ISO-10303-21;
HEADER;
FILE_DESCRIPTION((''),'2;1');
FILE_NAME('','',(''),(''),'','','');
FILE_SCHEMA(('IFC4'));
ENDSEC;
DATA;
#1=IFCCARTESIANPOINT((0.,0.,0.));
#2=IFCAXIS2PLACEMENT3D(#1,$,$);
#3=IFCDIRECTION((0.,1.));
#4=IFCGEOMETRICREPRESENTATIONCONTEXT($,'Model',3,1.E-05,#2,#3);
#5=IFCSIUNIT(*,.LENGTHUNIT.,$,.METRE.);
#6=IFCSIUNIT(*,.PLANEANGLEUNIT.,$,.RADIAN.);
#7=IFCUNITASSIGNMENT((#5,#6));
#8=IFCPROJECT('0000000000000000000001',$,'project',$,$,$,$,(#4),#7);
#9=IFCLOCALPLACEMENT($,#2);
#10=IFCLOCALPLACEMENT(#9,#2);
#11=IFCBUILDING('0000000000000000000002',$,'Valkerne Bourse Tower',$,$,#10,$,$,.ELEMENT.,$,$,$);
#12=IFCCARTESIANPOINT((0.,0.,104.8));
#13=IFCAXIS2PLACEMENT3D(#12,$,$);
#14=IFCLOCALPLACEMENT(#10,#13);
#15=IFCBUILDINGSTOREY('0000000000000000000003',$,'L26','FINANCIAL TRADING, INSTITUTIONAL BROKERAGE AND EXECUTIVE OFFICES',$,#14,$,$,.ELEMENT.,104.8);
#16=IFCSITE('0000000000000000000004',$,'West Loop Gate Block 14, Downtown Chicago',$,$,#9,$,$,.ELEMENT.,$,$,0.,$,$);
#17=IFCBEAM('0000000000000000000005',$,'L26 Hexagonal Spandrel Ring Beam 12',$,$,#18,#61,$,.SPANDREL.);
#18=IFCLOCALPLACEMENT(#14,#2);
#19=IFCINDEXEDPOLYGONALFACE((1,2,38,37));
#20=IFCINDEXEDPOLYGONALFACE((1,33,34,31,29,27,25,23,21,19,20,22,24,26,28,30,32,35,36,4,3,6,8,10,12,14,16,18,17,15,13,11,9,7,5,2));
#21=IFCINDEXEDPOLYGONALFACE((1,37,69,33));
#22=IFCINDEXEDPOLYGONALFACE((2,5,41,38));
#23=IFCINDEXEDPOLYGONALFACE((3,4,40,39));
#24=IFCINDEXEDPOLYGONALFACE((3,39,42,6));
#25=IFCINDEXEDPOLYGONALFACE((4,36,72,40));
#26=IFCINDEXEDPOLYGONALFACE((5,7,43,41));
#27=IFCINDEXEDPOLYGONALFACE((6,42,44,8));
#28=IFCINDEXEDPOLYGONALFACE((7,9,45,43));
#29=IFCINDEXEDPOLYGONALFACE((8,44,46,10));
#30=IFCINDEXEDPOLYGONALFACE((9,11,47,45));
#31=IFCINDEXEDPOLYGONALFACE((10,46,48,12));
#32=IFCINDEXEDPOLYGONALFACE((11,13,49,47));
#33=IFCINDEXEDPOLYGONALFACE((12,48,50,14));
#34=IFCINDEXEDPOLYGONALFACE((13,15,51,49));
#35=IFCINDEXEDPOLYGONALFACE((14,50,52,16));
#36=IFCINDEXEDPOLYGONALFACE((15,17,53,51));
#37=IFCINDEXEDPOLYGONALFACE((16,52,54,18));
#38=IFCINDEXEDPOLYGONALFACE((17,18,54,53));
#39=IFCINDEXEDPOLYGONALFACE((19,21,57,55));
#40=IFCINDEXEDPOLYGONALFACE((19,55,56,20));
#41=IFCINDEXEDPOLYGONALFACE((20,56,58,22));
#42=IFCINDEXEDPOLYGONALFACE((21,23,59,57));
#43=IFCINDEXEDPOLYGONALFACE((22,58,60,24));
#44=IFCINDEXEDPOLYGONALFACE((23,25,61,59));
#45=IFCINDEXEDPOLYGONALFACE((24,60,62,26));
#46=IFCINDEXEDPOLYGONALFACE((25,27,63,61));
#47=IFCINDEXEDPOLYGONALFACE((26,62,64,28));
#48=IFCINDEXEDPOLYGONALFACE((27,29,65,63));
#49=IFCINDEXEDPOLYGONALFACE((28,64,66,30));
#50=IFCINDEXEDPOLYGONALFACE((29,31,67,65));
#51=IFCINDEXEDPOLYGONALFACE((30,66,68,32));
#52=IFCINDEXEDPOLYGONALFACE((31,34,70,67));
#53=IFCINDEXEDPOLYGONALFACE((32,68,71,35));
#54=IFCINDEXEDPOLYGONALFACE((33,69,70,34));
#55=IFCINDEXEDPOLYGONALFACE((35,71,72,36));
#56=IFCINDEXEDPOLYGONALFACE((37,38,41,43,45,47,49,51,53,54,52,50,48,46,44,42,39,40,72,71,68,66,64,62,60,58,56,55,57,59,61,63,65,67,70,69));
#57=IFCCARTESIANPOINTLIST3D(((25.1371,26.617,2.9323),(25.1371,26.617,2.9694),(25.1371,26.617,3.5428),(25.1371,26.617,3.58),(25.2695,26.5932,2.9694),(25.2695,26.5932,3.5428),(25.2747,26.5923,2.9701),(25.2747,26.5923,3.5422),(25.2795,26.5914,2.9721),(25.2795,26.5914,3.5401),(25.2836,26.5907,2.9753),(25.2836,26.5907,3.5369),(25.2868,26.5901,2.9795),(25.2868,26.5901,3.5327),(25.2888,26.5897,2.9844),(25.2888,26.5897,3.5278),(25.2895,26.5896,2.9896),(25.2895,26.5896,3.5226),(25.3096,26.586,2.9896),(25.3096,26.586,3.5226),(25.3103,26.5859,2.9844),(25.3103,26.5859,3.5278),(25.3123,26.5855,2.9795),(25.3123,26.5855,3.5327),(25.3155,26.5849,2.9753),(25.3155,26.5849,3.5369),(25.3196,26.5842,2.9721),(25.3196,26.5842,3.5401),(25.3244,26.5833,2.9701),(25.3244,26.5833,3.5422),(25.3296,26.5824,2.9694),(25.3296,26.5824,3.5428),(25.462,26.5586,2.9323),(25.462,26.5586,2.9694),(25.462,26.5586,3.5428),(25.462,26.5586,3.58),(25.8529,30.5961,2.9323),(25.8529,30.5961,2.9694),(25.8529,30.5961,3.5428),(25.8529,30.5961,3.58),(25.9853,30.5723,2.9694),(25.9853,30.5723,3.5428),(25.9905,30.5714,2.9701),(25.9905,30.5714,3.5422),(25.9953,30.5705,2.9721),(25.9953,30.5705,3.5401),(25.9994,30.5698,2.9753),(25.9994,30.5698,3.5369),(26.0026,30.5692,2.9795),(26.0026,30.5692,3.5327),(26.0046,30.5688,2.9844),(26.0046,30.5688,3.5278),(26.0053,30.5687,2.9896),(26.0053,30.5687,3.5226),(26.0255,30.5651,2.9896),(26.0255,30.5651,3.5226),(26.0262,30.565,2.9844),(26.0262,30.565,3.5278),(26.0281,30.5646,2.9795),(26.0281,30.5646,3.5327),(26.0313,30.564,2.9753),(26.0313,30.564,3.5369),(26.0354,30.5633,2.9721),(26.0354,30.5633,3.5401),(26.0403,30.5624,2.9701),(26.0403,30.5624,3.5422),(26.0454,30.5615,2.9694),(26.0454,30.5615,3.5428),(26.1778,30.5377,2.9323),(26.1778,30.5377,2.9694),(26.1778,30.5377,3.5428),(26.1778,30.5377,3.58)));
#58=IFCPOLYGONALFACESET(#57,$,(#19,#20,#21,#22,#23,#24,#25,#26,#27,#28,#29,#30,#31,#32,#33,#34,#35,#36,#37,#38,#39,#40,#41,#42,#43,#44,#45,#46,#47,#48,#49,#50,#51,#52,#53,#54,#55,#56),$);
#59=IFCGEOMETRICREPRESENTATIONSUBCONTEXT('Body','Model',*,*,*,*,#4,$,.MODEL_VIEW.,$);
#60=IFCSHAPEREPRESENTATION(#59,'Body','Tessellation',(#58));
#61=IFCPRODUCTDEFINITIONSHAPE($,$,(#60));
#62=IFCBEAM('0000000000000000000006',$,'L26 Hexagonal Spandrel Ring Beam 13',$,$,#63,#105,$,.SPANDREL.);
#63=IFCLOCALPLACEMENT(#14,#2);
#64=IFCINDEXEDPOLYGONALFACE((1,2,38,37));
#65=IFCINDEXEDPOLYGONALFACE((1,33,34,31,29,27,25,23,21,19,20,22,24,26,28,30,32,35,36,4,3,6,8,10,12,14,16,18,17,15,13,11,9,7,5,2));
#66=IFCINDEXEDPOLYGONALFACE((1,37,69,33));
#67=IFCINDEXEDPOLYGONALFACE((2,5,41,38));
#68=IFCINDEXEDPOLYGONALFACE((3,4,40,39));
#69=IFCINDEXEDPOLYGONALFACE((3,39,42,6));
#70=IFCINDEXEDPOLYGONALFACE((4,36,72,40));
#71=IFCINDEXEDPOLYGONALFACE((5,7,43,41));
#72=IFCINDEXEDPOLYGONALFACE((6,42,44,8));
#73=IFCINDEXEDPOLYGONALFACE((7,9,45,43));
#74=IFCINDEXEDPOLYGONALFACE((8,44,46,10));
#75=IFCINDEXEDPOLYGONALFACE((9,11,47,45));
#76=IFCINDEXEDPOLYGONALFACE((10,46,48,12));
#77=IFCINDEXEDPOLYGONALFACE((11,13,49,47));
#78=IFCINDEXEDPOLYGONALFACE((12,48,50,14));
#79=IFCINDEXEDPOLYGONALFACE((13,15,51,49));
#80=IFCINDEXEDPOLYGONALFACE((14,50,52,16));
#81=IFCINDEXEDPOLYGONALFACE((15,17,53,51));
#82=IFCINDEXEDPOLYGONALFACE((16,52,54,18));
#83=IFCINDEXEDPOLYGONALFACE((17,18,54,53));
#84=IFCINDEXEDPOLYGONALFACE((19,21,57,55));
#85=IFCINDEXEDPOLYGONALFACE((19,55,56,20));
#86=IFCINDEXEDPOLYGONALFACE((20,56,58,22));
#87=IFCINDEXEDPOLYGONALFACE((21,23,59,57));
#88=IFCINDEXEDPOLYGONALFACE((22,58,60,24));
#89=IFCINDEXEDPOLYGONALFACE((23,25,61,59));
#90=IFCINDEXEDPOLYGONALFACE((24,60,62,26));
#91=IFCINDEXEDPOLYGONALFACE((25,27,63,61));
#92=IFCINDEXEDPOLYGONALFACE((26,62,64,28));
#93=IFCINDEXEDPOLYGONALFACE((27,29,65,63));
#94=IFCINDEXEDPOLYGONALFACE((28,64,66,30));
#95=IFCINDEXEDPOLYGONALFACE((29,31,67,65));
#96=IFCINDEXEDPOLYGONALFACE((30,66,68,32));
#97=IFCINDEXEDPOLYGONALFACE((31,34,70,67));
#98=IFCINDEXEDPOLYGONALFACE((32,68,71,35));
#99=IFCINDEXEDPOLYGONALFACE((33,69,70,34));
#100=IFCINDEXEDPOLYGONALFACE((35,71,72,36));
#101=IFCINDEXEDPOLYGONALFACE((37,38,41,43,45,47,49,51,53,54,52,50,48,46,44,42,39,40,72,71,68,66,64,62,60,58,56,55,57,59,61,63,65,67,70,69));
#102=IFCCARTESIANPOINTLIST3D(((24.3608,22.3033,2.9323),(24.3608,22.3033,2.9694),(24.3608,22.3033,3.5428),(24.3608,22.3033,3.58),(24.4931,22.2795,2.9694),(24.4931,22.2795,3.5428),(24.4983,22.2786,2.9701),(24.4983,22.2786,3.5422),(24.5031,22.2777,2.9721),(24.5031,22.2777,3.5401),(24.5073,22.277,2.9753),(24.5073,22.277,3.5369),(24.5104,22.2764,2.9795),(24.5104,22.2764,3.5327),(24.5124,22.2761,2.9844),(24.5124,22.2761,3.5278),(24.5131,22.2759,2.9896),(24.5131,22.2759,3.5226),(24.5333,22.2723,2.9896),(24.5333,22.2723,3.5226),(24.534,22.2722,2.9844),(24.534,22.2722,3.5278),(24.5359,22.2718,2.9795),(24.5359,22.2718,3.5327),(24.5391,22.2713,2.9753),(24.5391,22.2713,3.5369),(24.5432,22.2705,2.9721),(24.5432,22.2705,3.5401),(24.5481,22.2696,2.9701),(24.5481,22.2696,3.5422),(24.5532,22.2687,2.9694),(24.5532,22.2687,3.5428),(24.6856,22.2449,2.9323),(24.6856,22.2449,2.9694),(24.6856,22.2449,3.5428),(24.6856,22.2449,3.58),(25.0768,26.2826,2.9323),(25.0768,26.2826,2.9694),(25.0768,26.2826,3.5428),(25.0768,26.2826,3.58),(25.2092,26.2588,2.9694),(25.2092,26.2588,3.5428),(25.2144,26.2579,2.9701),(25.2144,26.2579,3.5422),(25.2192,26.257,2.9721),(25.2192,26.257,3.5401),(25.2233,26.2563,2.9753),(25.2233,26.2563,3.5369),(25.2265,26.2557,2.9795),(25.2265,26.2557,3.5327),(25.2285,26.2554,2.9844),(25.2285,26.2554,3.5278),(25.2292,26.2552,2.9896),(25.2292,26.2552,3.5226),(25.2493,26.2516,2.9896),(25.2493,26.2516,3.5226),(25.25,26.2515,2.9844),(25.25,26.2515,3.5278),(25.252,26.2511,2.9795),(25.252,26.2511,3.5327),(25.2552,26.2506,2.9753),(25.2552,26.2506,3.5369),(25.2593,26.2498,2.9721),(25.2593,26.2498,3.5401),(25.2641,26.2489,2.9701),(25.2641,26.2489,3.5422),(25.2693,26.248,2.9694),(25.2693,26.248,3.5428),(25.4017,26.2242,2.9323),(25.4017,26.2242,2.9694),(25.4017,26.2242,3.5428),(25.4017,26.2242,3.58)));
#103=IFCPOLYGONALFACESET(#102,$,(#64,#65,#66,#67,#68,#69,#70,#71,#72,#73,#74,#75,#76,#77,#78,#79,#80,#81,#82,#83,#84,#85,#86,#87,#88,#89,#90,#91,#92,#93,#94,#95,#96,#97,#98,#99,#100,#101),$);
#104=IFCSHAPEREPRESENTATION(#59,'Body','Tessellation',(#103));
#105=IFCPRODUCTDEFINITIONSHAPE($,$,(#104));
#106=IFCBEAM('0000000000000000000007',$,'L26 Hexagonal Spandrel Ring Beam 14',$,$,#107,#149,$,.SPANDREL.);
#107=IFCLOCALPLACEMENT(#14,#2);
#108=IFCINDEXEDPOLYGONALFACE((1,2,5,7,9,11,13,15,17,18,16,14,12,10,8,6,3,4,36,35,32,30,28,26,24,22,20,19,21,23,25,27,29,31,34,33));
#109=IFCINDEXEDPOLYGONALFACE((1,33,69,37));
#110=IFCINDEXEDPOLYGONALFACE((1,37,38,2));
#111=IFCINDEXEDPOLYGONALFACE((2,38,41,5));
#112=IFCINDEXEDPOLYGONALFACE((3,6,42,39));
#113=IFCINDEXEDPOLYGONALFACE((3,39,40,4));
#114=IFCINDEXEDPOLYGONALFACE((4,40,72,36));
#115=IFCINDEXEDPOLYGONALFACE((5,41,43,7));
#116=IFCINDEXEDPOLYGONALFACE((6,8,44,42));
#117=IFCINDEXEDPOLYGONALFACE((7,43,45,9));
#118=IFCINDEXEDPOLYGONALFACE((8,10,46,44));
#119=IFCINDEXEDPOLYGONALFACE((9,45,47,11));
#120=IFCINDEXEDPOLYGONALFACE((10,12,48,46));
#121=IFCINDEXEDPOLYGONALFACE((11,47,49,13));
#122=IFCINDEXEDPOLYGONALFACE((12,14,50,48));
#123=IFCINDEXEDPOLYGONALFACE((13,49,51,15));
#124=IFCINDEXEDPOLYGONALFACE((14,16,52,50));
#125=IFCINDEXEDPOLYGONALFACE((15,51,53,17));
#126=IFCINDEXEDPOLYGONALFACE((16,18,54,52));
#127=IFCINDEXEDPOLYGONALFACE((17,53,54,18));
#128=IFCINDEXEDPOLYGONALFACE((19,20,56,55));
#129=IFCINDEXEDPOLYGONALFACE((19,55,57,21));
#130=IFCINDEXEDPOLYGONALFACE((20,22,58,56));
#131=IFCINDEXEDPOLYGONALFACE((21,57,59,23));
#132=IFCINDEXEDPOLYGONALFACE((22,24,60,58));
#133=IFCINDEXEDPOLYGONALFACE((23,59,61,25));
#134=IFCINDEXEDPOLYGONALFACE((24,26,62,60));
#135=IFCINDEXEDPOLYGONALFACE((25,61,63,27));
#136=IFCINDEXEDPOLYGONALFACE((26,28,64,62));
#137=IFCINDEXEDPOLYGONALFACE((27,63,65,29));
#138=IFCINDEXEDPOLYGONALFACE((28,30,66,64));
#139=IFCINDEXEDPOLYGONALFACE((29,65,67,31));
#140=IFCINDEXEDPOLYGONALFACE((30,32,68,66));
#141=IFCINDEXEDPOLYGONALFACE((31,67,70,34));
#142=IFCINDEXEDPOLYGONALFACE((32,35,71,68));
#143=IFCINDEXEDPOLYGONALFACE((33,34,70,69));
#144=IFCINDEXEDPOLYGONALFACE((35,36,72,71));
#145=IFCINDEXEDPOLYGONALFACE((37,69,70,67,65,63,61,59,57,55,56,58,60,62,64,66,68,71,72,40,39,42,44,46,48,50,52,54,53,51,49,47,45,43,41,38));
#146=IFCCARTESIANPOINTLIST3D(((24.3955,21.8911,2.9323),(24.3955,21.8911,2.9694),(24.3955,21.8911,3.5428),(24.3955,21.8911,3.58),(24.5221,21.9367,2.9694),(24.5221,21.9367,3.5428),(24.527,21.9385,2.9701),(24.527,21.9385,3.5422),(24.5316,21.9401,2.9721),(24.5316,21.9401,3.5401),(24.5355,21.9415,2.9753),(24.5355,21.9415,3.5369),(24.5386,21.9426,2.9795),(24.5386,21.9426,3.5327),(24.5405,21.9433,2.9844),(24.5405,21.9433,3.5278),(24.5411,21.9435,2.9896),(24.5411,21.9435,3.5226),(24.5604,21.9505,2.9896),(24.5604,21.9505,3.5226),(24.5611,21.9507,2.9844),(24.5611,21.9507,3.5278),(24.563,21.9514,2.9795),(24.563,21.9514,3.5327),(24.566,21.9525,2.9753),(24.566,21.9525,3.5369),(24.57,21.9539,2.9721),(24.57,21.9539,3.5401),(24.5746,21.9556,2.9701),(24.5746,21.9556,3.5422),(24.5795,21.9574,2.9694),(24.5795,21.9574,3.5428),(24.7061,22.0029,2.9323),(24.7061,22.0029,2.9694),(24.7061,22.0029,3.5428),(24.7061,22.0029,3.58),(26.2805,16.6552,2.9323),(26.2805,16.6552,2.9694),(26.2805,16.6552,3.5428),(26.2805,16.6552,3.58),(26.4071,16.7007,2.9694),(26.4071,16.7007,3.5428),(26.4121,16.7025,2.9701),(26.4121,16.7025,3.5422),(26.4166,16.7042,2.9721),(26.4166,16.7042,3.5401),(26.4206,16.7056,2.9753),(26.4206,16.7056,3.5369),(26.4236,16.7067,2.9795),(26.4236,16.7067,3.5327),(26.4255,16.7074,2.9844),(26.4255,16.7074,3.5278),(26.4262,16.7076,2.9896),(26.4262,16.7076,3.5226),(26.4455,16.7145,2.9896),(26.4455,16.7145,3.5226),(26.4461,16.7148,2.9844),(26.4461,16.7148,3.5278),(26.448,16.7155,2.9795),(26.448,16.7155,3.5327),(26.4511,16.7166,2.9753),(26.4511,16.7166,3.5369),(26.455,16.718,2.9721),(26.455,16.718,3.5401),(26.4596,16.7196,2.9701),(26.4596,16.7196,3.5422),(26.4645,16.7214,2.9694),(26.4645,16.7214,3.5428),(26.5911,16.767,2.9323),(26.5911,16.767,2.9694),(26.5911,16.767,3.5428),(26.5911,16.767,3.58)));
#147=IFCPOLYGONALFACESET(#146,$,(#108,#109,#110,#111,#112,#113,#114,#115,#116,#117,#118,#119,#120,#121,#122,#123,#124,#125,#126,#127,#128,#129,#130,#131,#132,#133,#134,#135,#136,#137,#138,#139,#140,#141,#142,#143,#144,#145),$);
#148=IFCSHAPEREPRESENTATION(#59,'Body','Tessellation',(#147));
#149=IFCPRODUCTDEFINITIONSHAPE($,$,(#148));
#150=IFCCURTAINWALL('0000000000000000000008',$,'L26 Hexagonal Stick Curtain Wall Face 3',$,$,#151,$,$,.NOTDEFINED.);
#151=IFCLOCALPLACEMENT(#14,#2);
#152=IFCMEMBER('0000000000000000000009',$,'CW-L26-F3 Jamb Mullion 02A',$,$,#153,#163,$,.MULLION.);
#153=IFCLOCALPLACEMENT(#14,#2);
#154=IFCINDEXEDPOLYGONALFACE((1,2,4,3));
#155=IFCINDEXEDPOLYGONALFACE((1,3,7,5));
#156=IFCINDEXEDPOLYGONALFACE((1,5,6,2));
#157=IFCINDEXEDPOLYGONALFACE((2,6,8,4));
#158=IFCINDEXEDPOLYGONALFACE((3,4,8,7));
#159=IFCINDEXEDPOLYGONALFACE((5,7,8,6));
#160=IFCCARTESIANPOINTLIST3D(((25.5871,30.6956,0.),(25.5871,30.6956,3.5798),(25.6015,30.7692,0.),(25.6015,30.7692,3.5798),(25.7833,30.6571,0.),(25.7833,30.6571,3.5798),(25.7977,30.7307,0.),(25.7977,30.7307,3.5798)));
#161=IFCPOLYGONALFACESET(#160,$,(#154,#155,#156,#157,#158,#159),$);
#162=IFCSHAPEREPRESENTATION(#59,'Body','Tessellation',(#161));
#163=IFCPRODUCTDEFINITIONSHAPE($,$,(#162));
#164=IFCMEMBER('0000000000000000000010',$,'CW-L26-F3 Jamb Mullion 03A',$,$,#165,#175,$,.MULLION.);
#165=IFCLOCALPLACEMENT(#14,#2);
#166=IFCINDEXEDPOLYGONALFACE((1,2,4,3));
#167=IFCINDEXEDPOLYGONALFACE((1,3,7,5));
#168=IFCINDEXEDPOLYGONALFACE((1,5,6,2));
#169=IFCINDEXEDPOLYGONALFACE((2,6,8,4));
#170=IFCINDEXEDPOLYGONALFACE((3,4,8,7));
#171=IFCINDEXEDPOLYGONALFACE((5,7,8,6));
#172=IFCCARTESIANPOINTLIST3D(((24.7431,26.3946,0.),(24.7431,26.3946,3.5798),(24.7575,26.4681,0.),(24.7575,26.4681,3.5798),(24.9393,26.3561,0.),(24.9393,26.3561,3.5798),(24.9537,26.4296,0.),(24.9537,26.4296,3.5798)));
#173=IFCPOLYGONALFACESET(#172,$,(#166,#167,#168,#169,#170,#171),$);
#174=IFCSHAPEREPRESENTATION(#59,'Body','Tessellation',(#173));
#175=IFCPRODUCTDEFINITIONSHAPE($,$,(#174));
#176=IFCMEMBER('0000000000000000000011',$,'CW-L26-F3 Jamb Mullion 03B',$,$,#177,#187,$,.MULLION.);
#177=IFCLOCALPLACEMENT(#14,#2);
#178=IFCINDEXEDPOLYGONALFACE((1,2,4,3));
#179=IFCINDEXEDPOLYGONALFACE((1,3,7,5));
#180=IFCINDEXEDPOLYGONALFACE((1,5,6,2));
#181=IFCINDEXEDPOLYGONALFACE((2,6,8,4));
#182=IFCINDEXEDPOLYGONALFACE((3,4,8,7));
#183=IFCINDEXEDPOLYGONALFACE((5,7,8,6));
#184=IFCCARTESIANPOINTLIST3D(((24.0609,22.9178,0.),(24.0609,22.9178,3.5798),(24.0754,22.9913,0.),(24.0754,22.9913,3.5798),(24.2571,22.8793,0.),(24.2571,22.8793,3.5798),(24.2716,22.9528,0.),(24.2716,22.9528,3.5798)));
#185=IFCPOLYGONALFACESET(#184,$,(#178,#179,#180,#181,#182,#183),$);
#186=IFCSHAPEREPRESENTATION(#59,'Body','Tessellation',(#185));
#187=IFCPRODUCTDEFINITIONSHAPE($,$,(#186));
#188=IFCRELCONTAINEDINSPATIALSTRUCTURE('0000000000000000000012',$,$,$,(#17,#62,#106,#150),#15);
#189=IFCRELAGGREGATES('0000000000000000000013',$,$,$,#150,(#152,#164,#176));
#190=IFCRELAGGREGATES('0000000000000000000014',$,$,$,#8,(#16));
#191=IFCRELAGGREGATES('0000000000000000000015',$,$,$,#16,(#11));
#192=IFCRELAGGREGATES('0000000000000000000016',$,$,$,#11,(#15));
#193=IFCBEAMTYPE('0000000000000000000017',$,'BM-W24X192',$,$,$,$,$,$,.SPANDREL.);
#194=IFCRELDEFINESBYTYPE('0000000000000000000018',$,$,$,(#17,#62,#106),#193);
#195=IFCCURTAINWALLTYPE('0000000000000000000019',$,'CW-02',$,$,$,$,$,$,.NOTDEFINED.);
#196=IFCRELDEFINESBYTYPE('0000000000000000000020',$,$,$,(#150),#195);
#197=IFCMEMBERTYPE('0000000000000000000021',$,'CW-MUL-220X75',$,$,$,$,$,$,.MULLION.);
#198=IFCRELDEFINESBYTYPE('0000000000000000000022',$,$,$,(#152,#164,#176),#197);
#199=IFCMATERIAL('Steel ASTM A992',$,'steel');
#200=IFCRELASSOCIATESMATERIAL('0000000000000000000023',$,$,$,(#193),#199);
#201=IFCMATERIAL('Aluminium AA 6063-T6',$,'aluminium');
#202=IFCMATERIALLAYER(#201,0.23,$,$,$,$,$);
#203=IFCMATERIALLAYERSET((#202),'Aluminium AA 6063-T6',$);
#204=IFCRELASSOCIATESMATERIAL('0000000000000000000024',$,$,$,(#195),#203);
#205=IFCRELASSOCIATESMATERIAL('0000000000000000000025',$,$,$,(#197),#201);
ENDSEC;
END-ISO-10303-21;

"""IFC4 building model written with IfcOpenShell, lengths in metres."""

from ifc_helpers import new_model, si_unit, direction, frame, origin, origin_2d, place, context, subcontext, project, spatial, rectangle, i_section, extrude, material, layer, layer_set, material_profile, profile_set, type_object, element, aggregate, save


model = new_model("IFC4")

# Units and contexts
model_context = context("Model", 3, precision=1e-05, world=origin(), true_north=direction((0.0, 1.0)))
body_context = subcontext(model_context, "Body", "Model", "MODEL_VIEW")
ifc_project = project(units=[si_unit("LENGTHUNIT", "METRE"), si_unit("PLANEANGLEUNIT", "RADIAN")], contexts=[model_context])

# Site, building, storey
site_placement = place(None, origin())
site = spatial("IfcSite", under=ifc_project, at=site_placement, Name="West Loop Gate Block 14, Downtown Chicago", CompositionType="ELEMENT", RefElevation=0.0)
building_placement = place(site_placement, origin())
building = spatial("IfcBuilding", under=site, at=building_placement, Name="Valkerne Bourse Tower", CompositionType="ELEMENT")
storey_placement = place(building_placement, frame((0.0, 0.0, 104.8)))
storey = spatial("IfcBuildingStorey", under=building, at=storey_placement, Name="L26", Description="FINANCIAL TRADING, INSTITUTIONAL BROKERAGE AND EXECUTIVE OFFICES", CompositionType="ELEMENT", Elevation=104.8)

# Beams
ifc_material_1 = material(Name="Steel ASTM A992", Category="steel")
ifc_material_profile_1 = material_profile(ifc_material_1, i_section(OverallWidth=0.3301, OverallDepth=0.6477, WebThickness=0.0205, FlangeThickness=0.0371, FilletRadius=0.0203, at=origin_2d()), Name="W24X192")
ifc_profile_set_1 = profile_set([ifc_material_profile_1], Name="Steel ASTM A992")
beam_type = type_object("IfcBeamType", Name="BM-W24X192", PredefinedType="SPANDREL", material=ifc_profile_set_1)
beam_1_placement = place(storey_placement, frame((26.0154, 30.5669, 3.2561), z_axis=(-0.177057, -0.984201, 0.0), x_axis=(0.984201, -0.177057, 0.0)))
element("IfcBeam", 1, at=beam_1_placement, inside=storey, type_object=beam_type, Name="L26 Hexagonal Spandrel Ring Beam 12", PredefinedType="SPANDREL", context=body_context, shape_type="SweptSolid", body=[
    extrude(i_section(OverallWidth=0.3301, OverallDepth=0.6477, WebThickness=0.0205, FlangeThickness=0.0371, FilletRadius=0.0203, at=origin_2d()), origin(), (0.0, 0.0, 1.0), 4.043),
])
beam_2_placement = place(storey_placement, frame((25.2393, 26.2534, 3.2561), z_axis=(-0.177105, -0.984192, 0.0), x_axis=(0.984192, -0.177105, 0.0)))
element("IfcBeam", 2, at=beam_2_placement, inside=storey, type_object=beam_type, Name="L26 Hexagonal Spandrel Ring Beam 13", PredefinedType="SPANDREL", context=body_context, shape_type="SweptSolid", body=[
    extrude(i_section(OverallWidth=0.3301, OverallDepth=0.6477, WebThickness=0.0205, FlangeThickness=0.0371, FilletRadius=0.0203, at=origin_2d()), origin(), (0.0, 0.0, 1.0), 4.0432),
])
beam_3_placement = place(storey_placement, frame((24.5508, 21.947, 3.2561), z_axis=(0.338737, -0.940881, 0.0), x_axis=(0.940881, 0.338737, 0.0)))
element("IfcBeam", 3, at=beam_3_placement, inside=storey, type_object=beam_type, Name="L26 Hexagonal Spandrel Ring Beam 14", PredefinedType="SPANDREL", context=body_context, shape_type="SweptSolid", body=[
    extrude(i_section(OverallWidth=0.3301, OverallDepth=0.6477, WebThickness=0.0205, FlangeThickness=0.0371, FilletRadius=0.0203, at=origin_2d()), origin(), (0.0, 0.0, 1.0), 5.5649),
])

# Curtain wall, members
ifc_material_2 = material(Name="Aluminium AA 6063-T6", Category="aluminium")
ifc_layer_1 = layer(ifc_material_2, 0.23)
ifc_layer_set_1 = layer_set([ifc_layer_1], Name="Aluminium AA 6063-T6")
curtain_wall_type = type_object("IfcCurtainWallType", Name="CW-02", PredefinedType="NOTDEFINED", material=ifc_layer_set_1)
curtain_wall_1_placement = place(storey_placement, origin())
curtain_wall_1 = element("IfcCurtainWall", 4, at=curtain_wall_1_placement, inside=storey, type_object=curtain_wall_type, Name="L26 Hexagonal Stick Curtain Wall Face 3", PredefinedType="NOTDEFINED")
ifc_material_profile_2 = material_profile(ifc_material_2, rectangle(XDim=0.075, YDim=0.2, at=origin_2d()), Name="CWM-75X200")
ifc_profile_set_2 = profile_set([ifc_material_profile_2], Name="Aluminium AA 6063-T6")
member_type_1 = type_object("IfcMemberType", Name="CW-MUL-220X75", PredefinedType="MULLION", material=ifc_profile_set_2)
member_1_placement = place(storey_placement, frame((25.6924, 30.7131, 0.0), z_axis=(0.0, 0.0, 1.0), x_axis=(-0.192517, -0.981294, 0.0)))
member_1 = element("IfcMember", 5, at=member_1_placement, type_object=member_type_1, Name="CW-L26-F3 Jamb Mullion 02A", PredefinedType="MULLION", context=body_context, shape_type="SweptSolid", body=[
    extrude(rectangle(XDim=0.075, YDim=0.2, at=origin_2d()), origin(), (0.0, 0.0, 1.0), 3.5798),
])
member_2_placement = place(storey_placement, frame((24.8484, 26.4121, 0.0), z_axis=(0.0, 0.0, 1.0), x_axis=(-0.192539, -0.981289, 0.0)))
member_2 = element("IfcMember", 6, at=member_2_placement, type_object=member_type_1, Name="CW-L26-F3 Jamb Mullion 03A", PredefinedType="MULLION", context=body_context, shape_type="SweptSolid", body=[
    extrude(rectangle(XDim=0.075, YDim=0.2, at=origin_2d()), origin(), (0.0, 0.0, 1.0), 3.5798),
])
member_3_placement = place(storey_placement, frame((24.1663, 22.9353, 0.0), z_axis=(0.0, 0.0, 1.0), x_axis=(-0.192539, -0.981289, 0.0)))
member_3 = element("IfcMember", 7, at=member_3_placement, type_object=member_type_1, Name="CW-L26-F3 Jamb Mullion 03B", PredefinedType="MULLION", context=body_context, shape_type="SweptSolid", body=[
    extrude(rectangle(XDim=0.075, YDim=0.2, at=origin_2d()), origin(), (0.0, 0.0, 1.0), 3.5798),
])

aggregate(curtain_wall_1, [member_1, member_2, member_3])

save(model, "model.ifc")
